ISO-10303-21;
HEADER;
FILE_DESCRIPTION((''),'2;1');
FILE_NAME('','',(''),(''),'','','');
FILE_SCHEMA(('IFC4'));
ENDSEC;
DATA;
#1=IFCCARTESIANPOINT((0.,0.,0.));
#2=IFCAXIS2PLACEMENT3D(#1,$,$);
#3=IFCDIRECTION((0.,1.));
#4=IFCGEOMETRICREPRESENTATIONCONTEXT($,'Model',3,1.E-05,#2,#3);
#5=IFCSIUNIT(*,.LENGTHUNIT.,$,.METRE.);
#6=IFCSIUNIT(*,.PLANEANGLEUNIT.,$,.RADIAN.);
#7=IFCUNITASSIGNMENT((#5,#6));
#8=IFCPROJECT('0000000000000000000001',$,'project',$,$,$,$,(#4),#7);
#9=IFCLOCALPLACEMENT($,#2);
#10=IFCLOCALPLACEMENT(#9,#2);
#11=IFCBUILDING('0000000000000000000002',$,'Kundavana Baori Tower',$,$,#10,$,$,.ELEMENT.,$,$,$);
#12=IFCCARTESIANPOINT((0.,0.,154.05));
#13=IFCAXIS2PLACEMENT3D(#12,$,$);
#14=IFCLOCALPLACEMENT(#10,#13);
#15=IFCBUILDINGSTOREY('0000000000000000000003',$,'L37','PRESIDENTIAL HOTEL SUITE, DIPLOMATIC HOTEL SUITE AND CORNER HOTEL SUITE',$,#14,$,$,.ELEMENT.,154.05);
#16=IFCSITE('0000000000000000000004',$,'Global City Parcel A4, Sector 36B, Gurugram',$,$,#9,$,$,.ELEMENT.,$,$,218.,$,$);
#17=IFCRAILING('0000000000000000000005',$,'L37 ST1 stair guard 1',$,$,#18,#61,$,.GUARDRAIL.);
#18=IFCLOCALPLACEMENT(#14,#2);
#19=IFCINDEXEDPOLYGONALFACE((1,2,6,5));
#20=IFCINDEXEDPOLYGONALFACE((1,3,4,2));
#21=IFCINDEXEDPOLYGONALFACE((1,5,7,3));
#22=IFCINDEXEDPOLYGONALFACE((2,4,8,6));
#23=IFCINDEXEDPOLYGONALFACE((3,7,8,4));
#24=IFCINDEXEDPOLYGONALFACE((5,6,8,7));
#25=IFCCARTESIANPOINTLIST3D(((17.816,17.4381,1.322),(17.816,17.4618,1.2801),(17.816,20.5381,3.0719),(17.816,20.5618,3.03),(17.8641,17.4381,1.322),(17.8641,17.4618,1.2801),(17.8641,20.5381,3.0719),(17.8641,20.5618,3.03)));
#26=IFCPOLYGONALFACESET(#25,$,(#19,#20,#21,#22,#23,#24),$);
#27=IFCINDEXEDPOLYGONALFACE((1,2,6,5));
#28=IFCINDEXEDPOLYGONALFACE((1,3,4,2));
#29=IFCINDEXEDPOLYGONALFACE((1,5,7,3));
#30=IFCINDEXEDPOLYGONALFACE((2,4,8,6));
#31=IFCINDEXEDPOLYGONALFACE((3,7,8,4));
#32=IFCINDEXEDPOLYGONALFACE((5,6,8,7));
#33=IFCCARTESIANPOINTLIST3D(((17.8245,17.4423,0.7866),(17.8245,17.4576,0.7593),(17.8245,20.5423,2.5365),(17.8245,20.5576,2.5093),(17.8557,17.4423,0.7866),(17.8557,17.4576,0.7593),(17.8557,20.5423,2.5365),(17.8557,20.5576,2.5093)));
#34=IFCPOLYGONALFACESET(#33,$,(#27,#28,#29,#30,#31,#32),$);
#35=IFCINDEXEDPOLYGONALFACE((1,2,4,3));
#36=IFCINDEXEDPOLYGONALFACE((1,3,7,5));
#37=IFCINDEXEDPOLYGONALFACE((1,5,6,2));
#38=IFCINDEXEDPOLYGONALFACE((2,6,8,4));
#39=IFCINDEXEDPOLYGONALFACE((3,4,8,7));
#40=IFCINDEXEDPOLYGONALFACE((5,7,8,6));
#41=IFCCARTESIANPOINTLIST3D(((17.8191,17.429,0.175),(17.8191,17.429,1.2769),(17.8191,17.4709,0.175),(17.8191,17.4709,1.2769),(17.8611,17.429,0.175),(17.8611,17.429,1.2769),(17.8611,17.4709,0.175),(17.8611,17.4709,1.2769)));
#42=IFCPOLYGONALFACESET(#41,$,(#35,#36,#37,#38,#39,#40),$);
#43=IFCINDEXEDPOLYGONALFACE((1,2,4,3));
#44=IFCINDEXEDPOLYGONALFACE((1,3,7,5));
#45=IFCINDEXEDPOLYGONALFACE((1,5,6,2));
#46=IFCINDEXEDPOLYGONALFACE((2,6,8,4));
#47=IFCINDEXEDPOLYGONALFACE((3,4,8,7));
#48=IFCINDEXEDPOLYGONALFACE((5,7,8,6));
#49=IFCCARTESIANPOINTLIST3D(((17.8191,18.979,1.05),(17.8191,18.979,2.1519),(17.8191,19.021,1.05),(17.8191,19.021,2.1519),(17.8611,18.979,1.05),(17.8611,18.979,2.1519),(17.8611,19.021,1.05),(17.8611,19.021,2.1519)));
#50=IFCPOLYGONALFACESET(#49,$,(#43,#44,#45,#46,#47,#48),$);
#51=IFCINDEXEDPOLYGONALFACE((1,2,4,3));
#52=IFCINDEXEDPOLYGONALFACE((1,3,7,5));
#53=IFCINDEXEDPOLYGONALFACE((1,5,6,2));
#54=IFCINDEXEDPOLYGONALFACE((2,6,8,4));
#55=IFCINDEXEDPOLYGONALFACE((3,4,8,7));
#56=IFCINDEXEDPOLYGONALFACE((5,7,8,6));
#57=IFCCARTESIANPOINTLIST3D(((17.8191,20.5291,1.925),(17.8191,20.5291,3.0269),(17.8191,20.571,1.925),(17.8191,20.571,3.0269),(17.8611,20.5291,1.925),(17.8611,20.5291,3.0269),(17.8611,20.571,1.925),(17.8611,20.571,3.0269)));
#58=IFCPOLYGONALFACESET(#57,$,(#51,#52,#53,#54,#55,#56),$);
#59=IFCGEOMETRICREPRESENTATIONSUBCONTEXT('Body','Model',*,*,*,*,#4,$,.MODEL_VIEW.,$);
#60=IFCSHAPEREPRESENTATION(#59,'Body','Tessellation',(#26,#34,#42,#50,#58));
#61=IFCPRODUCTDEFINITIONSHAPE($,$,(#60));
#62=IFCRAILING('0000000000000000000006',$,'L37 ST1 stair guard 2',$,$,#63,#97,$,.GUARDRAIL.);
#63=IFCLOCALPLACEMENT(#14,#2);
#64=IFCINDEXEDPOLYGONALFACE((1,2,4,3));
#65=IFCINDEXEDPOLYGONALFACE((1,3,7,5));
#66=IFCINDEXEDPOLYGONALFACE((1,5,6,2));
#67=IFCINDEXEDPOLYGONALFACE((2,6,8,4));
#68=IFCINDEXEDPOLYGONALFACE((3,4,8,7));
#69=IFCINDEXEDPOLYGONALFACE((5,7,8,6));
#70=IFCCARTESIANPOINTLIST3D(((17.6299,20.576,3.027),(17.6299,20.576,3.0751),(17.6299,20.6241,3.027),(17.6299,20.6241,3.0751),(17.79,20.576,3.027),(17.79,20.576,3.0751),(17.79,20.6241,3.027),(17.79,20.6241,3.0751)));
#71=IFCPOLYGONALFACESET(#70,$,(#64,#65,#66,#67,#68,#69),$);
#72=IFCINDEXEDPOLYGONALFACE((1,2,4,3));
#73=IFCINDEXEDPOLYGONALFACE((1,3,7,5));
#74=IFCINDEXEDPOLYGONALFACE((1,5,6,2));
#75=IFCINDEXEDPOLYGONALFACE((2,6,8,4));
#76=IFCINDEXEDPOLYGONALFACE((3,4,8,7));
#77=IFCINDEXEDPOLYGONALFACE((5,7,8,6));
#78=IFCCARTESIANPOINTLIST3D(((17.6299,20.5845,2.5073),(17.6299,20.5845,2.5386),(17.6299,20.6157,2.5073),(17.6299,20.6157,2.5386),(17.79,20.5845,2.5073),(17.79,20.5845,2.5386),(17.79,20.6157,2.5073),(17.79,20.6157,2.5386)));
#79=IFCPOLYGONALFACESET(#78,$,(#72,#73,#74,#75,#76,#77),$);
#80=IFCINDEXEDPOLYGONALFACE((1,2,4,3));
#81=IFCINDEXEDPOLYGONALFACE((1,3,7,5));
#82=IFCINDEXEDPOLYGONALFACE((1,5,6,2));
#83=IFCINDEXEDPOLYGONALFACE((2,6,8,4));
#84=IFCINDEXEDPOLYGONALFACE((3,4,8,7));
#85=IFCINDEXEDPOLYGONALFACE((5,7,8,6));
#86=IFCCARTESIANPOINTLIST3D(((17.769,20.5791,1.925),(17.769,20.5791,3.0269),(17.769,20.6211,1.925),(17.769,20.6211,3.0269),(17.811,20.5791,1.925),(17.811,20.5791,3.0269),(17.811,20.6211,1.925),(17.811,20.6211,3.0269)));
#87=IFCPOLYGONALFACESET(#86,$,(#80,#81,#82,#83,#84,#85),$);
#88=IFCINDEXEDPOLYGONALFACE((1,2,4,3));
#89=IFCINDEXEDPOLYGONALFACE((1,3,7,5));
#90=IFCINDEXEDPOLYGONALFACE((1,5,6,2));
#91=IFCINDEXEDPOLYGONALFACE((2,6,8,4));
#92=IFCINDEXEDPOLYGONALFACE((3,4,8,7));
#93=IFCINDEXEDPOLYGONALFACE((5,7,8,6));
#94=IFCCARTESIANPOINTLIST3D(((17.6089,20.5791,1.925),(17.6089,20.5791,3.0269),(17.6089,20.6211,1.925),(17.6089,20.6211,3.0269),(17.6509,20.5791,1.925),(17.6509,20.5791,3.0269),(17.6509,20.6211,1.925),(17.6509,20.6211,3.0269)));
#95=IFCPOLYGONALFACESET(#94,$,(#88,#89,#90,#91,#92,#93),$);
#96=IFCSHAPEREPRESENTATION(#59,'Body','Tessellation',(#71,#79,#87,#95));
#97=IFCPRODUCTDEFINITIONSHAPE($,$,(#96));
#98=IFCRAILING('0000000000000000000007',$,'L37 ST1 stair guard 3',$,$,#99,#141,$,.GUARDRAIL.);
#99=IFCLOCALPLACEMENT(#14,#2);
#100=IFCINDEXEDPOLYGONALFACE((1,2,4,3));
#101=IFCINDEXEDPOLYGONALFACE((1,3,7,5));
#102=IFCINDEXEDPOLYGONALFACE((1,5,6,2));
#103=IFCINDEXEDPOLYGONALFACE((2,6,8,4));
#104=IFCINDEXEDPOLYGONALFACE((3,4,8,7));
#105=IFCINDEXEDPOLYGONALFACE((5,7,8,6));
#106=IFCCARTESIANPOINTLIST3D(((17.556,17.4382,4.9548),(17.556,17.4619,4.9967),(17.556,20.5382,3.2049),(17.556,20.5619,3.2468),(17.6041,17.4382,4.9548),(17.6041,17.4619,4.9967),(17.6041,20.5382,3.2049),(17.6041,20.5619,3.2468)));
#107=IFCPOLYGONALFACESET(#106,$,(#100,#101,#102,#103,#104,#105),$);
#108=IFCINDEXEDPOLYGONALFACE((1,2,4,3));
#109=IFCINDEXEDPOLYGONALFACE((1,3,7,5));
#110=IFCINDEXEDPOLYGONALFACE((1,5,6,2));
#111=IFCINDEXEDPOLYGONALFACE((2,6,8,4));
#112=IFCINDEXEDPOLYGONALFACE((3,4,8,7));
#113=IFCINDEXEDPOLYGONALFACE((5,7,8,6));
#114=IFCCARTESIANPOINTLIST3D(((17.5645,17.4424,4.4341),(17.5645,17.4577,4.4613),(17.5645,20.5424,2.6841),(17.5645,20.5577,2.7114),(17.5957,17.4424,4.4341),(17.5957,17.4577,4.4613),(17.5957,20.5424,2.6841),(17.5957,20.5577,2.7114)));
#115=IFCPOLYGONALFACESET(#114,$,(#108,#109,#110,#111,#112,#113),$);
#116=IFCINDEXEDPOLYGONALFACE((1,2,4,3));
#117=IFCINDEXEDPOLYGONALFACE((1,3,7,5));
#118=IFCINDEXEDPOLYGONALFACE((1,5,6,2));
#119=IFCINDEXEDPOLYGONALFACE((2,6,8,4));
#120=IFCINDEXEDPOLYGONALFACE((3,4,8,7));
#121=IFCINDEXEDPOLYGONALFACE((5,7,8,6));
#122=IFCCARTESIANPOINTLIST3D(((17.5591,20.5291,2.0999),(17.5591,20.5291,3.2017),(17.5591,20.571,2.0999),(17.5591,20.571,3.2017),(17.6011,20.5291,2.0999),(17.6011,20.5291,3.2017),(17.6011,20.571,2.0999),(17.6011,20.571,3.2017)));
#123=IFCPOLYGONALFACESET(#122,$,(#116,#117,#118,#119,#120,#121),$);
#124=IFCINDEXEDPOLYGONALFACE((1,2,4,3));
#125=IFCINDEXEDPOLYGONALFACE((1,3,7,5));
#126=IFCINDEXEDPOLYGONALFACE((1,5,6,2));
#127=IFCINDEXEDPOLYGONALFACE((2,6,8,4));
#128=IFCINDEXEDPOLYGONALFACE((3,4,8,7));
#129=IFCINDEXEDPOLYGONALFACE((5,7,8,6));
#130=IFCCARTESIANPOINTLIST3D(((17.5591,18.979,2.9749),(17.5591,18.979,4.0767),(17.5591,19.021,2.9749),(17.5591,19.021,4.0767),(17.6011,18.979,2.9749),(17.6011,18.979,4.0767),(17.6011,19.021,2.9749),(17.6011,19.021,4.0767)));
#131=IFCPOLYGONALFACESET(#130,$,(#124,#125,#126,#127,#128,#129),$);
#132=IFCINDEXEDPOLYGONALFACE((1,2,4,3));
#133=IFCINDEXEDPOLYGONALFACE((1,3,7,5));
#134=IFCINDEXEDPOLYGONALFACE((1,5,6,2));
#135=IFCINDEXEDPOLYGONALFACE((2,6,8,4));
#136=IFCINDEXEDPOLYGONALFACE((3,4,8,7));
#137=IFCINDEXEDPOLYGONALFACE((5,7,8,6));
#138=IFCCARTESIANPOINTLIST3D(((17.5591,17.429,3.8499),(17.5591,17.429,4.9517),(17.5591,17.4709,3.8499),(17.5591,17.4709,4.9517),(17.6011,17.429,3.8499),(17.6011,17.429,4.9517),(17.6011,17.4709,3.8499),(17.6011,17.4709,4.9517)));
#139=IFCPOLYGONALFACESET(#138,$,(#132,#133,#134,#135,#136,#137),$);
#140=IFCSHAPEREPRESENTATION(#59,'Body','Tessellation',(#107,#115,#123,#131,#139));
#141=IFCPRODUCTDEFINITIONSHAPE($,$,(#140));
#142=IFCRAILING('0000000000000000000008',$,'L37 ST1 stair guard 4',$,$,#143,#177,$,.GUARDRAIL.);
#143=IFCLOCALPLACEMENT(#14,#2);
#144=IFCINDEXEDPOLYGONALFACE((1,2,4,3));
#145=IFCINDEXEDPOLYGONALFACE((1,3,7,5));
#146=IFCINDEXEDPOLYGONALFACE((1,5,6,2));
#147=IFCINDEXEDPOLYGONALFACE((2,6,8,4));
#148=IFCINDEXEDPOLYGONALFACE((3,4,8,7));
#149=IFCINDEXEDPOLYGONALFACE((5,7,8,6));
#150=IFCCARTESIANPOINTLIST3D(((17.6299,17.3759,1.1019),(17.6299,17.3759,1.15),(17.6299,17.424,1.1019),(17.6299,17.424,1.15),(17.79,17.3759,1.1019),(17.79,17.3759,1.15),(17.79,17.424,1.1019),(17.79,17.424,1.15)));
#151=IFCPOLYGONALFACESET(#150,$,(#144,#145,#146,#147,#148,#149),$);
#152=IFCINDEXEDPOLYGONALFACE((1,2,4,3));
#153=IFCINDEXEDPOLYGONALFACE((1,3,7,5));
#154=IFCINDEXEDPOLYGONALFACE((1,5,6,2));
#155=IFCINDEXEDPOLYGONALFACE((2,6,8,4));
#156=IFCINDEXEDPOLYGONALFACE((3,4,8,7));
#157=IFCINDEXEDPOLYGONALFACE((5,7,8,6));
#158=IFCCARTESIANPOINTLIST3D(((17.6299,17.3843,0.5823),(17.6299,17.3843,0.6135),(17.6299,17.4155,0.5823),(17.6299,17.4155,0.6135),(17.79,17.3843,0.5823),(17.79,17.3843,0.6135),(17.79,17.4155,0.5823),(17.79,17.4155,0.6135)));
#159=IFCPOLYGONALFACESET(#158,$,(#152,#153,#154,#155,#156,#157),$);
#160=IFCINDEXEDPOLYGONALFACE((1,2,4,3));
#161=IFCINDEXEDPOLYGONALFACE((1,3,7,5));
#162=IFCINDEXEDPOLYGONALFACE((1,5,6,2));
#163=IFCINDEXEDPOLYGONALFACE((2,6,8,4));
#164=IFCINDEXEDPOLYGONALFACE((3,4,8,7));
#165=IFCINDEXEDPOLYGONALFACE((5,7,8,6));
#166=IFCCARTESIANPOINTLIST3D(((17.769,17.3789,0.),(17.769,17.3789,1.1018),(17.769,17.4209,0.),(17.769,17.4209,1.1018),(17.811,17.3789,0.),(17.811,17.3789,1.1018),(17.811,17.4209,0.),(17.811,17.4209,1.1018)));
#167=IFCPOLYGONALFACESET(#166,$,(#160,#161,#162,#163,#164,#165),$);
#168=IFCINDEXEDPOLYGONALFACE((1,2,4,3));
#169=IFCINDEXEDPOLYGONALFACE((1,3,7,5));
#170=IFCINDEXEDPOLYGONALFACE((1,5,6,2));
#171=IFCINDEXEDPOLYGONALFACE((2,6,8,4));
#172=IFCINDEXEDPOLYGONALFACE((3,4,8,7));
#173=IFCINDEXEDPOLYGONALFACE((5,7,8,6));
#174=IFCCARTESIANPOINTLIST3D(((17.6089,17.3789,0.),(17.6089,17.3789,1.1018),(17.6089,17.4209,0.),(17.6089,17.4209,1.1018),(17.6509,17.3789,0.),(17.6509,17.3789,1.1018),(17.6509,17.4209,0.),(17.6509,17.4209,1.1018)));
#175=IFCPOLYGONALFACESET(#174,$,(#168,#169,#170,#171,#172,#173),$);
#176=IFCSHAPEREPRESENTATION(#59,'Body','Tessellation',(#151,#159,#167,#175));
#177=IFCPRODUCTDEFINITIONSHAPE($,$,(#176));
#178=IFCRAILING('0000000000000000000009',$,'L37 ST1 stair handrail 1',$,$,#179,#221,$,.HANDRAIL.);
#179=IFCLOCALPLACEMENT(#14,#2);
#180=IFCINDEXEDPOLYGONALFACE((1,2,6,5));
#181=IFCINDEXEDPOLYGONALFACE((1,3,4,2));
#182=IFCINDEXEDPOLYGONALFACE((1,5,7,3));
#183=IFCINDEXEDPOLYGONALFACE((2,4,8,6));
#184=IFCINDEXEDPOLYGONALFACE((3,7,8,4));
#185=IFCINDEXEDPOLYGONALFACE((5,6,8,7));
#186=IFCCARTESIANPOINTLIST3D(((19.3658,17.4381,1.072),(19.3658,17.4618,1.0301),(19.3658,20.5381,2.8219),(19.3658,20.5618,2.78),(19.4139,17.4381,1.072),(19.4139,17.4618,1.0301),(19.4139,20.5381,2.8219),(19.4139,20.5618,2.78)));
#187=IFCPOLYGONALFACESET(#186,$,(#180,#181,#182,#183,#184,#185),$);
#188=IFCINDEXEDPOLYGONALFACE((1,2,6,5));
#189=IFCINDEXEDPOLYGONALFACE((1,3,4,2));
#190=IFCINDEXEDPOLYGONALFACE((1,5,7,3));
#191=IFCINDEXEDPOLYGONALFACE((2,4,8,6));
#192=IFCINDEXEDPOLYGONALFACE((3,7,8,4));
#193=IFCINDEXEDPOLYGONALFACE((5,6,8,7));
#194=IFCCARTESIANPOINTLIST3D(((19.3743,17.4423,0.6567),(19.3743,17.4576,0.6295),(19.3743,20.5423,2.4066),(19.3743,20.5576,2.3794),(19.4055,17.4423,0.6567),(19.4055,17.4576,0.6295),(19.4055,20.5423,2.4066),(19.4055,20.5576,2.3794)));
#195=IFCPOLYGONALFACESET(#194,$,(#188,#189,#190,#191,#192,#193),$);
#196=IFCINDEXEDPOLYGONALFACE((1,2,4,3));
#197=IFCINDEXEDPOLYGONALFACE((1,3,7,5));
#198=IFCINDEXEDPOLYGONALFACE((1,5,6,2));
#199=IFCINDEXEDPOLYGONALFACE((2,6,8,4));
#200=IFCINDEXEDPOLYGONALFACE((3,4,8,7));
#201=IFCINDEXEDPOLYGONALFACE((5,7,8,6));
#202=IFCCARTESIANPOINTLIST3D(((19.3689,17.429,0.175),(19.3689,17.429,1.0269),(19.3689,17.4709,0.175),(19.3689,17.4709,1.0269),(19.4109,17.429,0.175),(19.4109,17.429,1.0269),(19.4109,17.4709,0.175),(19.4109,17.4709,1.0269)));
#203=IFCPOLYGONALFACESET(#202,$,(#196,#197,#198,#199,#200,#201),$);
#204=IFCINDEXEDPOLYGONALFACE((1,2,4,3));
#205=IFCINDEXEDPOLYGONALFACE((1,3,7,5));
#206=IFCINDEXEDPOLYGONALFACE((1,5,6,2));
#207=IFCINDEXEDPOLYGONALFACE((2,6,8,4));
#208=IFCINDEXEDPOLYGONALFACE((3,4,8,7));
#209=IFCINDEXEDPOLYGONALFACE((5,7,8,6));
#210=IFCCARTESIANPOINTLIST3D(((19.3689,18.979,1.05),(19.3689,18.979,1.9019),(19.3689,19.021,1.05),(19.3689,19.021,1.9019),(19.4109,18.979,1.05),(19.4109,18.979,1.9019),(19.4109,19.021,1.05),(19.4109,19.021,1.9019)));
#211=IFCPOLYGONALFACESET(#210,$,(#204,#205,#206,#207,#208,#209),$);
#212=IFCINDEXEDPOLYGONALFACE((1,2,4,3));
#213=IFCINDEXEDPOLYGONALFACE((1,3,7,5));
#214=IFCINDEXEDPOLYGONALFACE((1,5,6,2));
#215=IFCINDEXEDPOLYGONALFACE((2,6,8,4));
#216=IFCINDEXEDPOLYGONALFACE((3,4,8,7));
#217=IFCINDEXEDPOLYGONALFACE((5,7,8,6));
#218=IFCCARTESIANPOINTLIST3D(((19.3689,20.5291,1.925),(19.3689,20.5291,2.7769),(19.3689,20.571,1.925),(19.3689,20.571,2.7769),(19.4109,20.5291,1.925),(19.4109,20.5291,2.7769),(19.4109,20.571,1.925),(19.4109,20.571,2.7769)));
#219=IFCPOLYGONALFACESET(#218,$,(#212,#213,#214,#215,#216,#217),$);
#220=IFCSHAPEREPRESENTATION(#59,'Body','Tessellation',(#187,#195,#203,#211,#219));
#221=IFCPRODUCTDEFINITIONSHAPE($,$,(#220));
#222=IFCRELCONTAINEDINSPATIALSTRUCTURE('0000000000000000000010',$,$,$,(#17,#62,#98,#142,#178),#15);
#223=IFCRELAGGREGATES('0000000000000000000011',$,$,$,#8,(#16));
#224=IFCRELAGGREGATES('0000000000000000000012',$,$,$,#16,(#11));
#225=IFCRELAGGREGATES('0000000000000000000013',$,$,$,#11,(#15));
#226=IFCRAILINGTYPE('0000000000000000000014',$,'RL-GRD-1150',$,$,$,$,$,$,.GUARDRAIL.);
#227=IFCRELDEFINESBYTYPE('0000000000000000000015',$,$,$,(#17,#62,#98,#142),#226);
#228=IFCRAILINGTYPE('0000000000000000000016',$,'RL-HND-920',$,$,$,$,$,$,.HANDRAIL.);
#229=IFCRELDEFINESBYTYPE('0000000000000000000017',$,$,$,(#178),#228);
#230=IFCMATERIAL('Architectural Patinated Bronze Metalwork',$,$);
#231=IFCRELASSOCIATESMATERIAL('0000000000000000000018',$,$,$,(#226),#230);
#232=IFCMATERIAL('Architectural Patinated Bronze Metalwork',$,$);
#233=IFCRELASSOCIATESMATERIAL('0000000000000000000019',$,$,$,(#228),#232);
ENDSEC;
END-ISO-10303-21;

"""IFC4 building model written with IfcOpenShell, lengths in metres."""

from ifc_helpers import new_model, si_unit, direction, frame, origin, origin_2d, place, context, subcontext, project, spatial, rectangle, extrude, material, type_object, element, save


model = new_model("IFC4")

# Units and contexts
model_context = context("Model", 3, precision=1e-05, world=origin(), true_north=direction((0.0, 1.0)))
body_context = subcontext(model_context, "Body", "Model", "MODEL_VIEW")
ifc_project = project(units=[si_unit("LENGTHUNIT", "METRE"), si_unit("PLANEANGLEUNIT", "RADIAN")], contexts=[model_context])

# Site, building, storey
site_placement = place(None, origin())
site = spatial("IfcSite", under=ifc_project, at=site_placement, Name="Global City Parcel A4, Sector 36B, Gurugram", CompositionType="ELEMENT", RefElevation=218.0)
building_placement = place(site_placement, origin())
building = spatial("IfcBuilding", under=site, at=building_placement, Name="Kundavana Baori Tower", CompositionType="ELEMENT")
storey_placement = place(building_placement, frame((0.0, 0.0, 154.05)))
storey = spatial("IfcBuildingStorey", under=building, at=storey_placement, Name="L37", Description="PRESIDENTIAL HOTEL SUITE, DIPLOMATIC HOTEL SUITE AND CORNER HOTEL SUITE", CompositionType="ELEMENT", Elevation=154.05)

# Railings
ifc_material_1 = material(Name="Architectural Patinated Bronze Metalwork")
railing_type_1 = type_object("IfcRailingType", Name="RL-GRD-1150", PredefinedType="GUARDRAIL", material=ifc_material_1)
railing_1_placement = place(storey_placement, frame((17.8401, 17.45, 0.175)))
element("IfcRailing", 1, at=railing_1_placement, inside=storey, type_object=railing_type_1, Name="L37 ST1 stair guard 1", PredefinedType="GUARDRAIL", context=body_context, shape_type="SweptSolid", body=[
    extrude(rectangle(XDim=0.0481, YDim=0.0481, at=origin_2d()), frame((0.0, 0.0, 1.126), z_axis=(0.0, 0.870831, 0.491583), x_axis=(-1.0, 0.0, 0.0)), (0.0, 0.0, 1.0), 3.5598),
    extrude(rectangle(XDim=0.0312, YDim=0.0312, at=origin_2d()), frame((0.0, 0.0, 0.5979), z_axis=(0.0, 0.870831, 0.491583), x_axis=(-1.0, 0.0, 0.0)), (0.0, 0.0, 1.0), 3.5598),
    extrude(rectangle(XDim=0.042, YDim=0.042, at=origin_2d()), origin(), (0.0, 0.0, 1.0), 1.1018),
    extrude(rectangle(XDim=0.042, YDim=0.042, at=origin_2d()), frame((0.0, 1.55, 0.875)), (0.0, 0.0, 1.0), 1.1018),
    extrude(rectangle(XDim=0.042, YDim=0.042, at=origin_2d()), frame((0.0, 3.1001, 1.75)), (0.0, 0.0, 1.0), 1.1018),
])
railing_2_placement = place(storey_placement, frame((17.79, 20.6001, 1.925)))
element("IfcRailing", 2, at=railing_2_placement, inside=storey, type_object=railing_type_1, Name="L37 ST1 stair guard 2", PredefinedType="GUARDRAIL", context=body_context, shape_type="SweptSolid", body=[
    extrude(rectangle(XDim=0.0481, YDim=0.0481, at=origin_2d()), frame((0.0, 0.0, 1.126), z_axis=(-1.0, 0.0, 0.0), x_axis=(0.0, -1.0, 0.0)), (0.0, 0.0, 1.0), 0.1602),
    extrude(rectangle(XDim=0.0312, YDim=0.0312, at=origin_2d()), frame((0.0, 0.0, 0.5979), z_axis=(-1.0, 0.0, 0.0), x_axis=(0.0, -1.0, 0.0)), (0.0, 0.0, 1.0), 0.1602),
    extrude(rectangle(XDim=0.042, YDim=0.042, at=origin_2d()), origin(), (0.0, 0.0, 1.0), 1.1018),
    extrude(rectangle(XDim=0.042, YDim=0.042, at=origin_2d()), frame((-0.1602, 0.0, 0.0)), (0.0, 0.0, 1.0), 1.1018),
])
railing_3_placement = place(storey_placement, frame((17.5801, 20.55, 2.0999)))
element("IfcRailing", 3, at=railing_3_placement, inside=storey, type_object=railing_type_1, Name="L37 ST1 stair guard 3", PredefinedType="GUARDRAIL", context=body_context, shape_type="SweptSolid", body=[
    extrude(rectangle(XDim=0.0481, YDim=0.0481, at=origin_2d()), frame((0.0, 0.0, 1.126), z_axis=(0.0, -0.870831, 0.491583), x_axis=(1.0, 0.0, 0.0)), (0.0, 0.0, 1.0), 3.5598),
    extrude(rectangle(XDim=0.0312, YDim=0.0312, at=origin_2d()), frame((0.0, 0.0, 0.5979), z_axis=(0.0, -0.870831, 0.491583), x_axis=(1.0, 0.0, 0.0)), (0.0, 0.0, 1.0), 3.5598),
    extrude(rectangle(XDim=0.042, YDim=0.042, at=origin_2d()), origin(), (0.0, 0.0, 1.0), 1.1018),
    extrude(rectangle(XDim=0.042, YDim=0.042, at=origin_2d()), frame((0.0, -1.55, 0.875)), (0.0, 0.0, 1.0), 1.1018),
    extrude(rectangle(XDim=0.042, YDim=0.042, at=origin_2d()), frame((0.0, -3.1001, 1.75)), (0.0, 0.0, 1.0), 1.1018),
])
railing_4_placement = place(storey_placement, frame((17.79, 17.3999, 0.0)))
element("IfcRailing", 4, at=railing_4_placement, inside=storey, type_object=railing_type_1, Name="L37 ST1 stair guard 4", PredefinedType="GUARDRAIL", context=body_context, shape_type="SweptSolid", body=[
    extrude(rectangle(XDim=0.0481, YDim=0.0481, at=origin_2d()), frame((0.0, 0.0, 1.126), z_axis=(-1.0, 0.0, 0.0), x_axis=(0.0, -1.0, 0.0)), (0.0, 0.0, 1.0), 0.1602),
    extrude(rectangle(XDim=0.0312, YDim=0.0312, at=origin_2d()), frame((0.0, 0.0, 0.5979), z_axis=(-1.0, 0.0, 0.0), x_axis=(0.0, -1.0, 0.0)), (0.0, 0.0, 1.0), 0.1602),
    extrude(rectangle(XDim=0.042, YDim=0.042, at=origin_2d()), origin(), (0.0, 0.0, 1.0), 1.1018),
    extrude(rectangle(XDim=0.042, YDim=0.042, at=origin_2d()), frame((-0.1602, 0.0, 0.0)), (0.0, 0.0, 1.0), 1.1018),
])
ifc_material_2 = material(Name="Architectural Patinated Bronze Metalwork")
railing_type_2 = type_object("IfcRailingType", Name="RL-HND-920", PredefinedType="HANDRAIL", material=ifc_material_2)
railing_5_placement = place(storey_placement, frame((19.3899, 17.45, 0.175)))
element("IfcRailing", 5, at=railing_5_placement, inside=storey, type_object=railing_type_2, Name="L37 ST1 stair handrail 1", PredefinedType="HANDRAIL", context=body_context, shape_type="SweptSolid", body=[
    extrude(rectangle(XDim=0.0481, YDim=0.0481, at=origin_2d()), frame((0.0, 0.0, 0.876), z_axis=(0.0, 0.870831, 0.491583), x_axis=(-1.0, 0.0, 0.0)), (0.0, 0.0, 1.0), 3.5598),
    extrude(rectangle(XDim=0.0312, YDim=0.0312, at=origin_2d()), frame((0.0, 0.0, 0.468), z_axis=(0.0, 0.870831, 0.491583), x_axis=(-1.0, 0.0, 0.0)), (0.0, 0.0, 1.0), 3.5598),
    extrude(rectangle(XDim=0.042, YDim=0.042, at=origin_2d()), origin(), (0.0, 0.0, 1.0), 0.8518),
    extrude(rectangle(XDim=0.042, YDim=0.042, at=origin_2d()), frame((0.0, 1.55, 0.875)), (0.0, 0.0, 1.0), 0.8518),
    extrude(rectangle(XDim=0.042, YDim=0.042, at=origin_2d()), frame((0.0, 3.1001, 1.75)), (0.0, 0.0, 1.0), 0.8518),
])

save(model, "model.ifc")
